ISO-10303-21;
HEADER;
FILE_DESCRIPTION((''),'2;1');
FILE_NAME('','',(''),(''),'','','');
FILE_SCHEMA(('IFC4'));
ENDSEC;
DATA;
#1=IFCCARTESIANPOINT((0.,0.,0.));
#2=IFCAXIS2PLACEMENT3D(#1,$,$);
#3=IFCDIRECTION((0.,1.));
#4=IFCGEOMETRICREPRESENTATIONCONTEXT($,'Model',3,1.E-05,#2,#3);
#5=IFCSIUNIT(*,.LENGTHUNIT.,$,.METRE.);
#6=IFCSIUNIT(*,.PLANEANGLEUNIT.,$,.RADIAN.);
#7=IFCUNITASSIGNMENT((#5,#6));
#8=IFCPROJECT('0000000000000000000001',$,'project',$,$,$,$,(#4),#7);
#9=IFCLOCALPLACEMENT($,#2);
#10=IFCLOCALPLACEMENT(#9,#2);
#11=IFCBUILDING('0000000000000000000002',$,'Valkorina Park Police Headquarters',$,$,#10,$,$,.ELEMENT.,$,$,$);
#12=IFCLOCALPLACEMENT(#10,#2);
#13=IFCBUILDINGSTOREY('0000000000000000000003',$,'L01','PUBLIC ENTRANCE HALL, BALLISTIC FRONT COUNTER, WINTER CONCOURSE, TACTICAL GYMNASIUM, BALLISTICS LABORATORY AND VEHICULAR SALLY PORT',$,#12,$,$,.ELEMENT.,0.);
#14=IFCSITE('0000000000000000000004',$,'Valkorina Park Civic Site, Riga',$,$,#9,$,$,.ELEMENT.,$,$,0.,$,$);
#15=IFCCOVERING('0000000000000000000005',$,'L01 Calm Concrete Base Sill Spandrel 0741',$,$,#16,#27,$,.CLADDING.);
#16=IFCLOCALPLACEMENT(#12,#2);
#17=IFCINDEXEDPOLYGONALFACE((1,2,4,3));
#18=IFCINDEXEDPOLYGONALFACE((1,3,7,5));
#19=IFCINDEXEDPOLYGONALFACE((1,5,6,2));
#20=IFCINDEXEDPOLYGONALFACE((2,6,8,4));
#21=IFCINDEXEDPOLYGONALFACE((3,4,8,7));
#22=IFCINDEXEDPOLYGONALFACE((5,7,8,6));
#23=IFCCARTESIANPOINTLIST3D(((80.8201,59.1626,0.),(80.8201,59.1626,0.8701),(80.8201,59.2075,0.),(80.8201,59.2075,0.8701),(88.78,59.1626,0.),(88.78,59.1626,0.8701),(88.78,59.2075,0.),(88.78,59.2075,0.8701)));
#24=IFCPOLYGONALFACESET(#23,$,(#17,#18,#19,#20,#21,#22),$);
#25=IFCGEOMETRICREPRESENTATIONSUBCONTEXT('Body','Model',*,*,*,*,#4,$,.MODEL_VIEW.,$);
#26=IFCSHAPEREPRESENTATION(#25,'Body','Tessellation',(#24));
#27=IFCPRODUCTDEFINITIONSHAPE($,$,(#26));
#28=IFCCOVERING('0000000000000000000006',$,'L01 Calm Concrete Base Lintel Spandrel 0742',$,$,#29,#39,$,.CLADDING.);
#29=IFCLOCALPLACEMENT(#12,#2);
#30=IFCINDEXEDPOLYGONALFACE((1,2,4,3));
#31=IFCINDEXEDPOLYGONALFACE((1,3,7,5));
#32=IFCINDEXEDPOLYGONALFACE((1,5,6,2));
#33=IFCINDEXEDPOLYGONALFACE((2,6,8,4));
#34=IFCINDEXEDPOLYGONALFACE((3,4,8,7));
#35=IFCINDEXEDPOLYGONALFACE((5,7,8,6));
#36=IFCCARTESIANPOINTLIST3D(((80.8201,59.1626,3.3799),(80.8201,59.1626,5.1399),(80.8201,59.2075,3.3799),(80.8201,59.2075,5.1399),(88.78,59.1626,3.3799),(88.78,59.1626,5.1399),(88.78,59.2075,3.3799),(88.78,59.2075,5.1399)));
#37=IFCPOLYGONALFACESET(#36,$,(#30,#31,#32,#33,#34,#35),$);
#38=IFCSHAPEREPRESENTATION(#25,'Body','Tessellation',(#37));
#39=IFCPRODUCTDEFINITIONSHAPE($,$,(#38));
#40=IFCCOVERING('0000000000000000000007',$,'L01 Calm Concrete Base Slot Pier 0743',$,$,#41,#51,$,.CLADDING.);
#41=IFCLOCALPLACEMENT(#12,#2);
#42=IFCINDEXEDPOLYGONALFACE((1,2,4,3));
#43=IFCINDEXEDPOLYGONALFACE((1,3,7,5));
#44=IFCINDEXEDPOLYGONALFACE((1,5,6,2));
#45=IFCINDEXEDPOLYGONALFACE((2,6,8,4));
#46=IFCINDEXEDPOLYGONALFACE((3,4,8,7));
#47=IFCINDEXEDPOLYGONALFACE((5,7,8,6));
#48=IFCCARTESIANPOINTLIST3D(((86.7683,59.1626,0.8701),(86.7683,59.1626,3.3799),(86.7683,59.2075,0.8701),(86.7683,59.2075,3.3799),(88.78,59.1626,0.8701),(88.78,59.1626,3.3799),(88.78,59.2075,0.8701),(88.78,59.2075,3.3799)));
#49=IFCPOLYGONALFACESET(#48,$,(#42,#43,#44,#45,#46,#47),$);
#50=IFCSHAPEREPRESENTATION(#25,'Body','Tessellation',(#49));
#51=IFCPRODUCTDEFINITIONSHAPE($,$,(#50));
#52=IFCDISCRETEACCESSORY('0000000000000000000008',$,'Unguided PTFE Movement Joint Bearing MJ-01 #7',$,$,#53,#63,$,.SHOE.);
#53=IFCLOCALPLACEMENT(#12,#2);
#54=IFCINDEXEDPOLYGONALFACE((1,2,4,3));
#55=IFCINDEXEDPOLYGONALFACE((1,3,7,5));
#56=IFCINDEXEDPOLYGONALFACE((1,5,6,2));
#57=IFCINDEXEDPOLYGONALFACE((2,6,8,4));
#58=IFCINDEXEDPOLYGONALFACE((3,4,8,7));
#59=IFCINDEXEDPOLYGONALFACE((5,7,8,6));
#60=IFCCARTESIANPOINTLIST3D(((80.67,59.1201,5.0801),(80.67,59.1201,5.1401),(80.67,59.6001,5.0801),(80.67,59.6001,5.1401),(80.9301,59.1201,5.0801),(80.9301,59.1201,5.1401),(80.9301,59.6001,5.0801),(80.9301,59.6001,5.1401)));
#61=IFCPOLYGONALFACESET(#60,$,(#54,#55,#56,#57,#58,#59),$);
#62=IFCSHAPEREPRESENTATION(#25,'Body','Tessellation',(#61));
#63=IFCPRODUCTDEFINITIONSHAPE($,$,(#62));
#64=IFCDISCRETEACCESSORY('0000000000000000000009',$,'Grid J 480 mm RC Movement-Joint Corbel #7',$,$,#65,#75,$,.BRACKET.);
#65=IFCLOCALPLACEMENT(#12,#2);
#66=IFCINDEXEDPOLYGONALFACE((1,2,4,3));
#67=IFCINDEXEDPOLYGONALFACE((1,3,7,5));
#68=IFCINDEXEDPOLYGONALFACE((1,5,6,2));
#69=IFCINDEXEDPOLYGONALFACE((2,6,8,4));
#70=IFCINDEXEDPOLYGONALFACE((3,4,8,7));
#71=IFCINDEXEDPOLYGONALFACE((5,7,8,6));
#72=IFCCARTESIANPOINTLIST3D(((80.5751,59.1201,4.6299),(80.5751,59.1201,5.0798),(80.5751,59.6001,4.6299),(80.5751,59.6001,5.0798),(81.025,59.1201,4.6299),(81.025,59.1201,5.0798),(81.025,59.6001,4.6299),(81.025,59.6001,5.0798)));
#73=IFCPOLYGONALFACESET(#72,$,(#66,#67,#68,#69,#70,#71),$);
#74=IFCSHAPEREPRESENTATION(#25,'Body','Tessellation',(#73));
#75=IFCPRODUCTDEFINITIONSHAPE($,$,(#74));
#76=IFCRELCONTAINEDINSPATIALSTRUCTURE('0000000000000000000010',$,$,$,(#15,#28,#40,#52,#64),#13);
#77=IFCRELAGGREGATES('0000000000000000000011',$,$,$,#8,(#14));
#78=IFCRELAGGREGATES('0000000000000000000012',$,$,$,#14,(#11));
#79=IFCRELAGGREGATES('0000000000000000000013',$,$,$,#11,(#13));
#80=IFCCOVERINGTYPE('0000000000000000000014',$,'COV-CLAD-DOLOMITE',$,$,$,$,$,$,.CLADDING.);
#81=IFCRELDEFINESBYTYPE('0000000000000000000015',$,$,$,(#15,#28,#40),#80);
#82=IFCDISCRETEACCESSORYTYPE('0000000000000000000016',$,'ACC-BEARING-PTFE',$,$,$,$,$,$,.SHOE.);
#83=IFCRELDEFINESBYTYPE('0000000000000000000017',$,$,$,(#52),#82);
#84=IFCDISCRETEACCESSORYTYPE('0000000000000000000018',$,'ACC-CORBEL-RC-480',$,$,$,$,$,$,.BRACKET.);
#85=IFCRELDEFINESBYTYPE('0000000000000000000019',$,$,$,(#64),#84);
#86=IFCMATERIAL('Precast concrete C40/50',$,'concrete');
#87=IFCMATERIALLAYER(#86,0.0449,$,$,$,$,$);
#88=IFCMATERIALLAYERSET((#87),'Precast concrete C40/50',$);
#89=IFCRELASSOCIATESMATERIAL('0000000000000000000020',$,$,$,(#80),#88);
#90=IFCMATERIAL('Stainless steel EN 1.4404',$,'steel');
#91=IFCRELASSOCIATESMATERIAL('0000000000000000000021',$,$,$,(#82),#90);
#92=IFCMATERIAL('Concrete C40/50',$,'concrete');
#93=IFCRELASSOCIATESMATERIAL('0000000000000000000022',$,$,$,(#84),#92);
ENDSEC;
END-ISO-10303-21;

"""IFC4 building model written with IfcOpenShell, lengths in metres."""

from ifc_helpers import new_model, si_unit, direction, frame, frame_2d, origin, origin_2d, place, context, subcontext, project, spatial, rectangle, extrude, material, layer, layer_set, type_object, element, save


model = new_model("IFC4")

# Units and contexts
model_context = context("Model", 3, precision=1e-05, world=origin(), true_north=direction((0.0, 1.0)))
body_context = subcontext(model_context, "Body", "Model", "MODEL_VIEW")
ifc_project = project(units=[si_unit("LENGTHUNIT", "METRE"), si_unit("PLANEANGLEUNIT", "RADIAN")], contexts=[model_context])

# Site, building, storey
site_placement = place(None, origin())
site = spatial("IfcSite", under=ifc_project, at=site_placement, Name="Valkorina Park Civic Site, Riga", CompositionType="ELEMENT", RefElevation=0.0)
building_placement = place(site_placement, origin())
building = spatial("IfcBuilding", under=site, at=building_placement, Name="Valkorina Park Police Headquarters", CompositionType="ELEMENT")
storey_placement = place(building_placement, origin())
storey = spatial("IfcBuildingStorey", under=building, at=storey_placement, Name="L01", Description="PUBLIC ENTRANCE HALL, BALLISTIC FRONT COUNTER, WINTER CONCOURSE, TACTICAL GYMNASIUM, BALLISTICS LABORATORY AND VEHICULAR SALLY PORT", CompositionType="ELEMENT", Elevation=0.0)

# Shared definitions
ifc_material_1 = material(Name="Concrete C40/50", Category="concrete")

# Coverings
ifc_material_2 = material(Name="Precast concrete C40/50", Category="concrete")
ifc_layer_1 = layer(ifc_material_2, 0.0449)
ifc_layer_set_1 = layer_set([ifc_layer_1], Name="Precast concrete C40/50")
covering_type = type_object("IfcCoveringType", Name="COV-CLAD-DOLOMITE", PredefinedType="CLADDING", material=ifc_layer_set_1)
covering_1_placement = place(storey_placement, frame((88.78, 59.1851, 0.0), z_axis=(0.0, 0.0, 1.0), x_axis=(-1.0, 0.0, 0.0)))
element("IfcCovering", 1, at=covering_1_placement, inside=storey, type_object=covering_type, Name="L01 Calm Concrete Base Sill Spandrel 0741", PredefinedType="CLADDING", context=body_context, shape_type="SweptSolid", body=[
    extrude(rectangle(XDim=7.96, YDim=0.0449, at=frame_2d((3.98, 0.0))), origin(), (0.0, 0.0, 1.0), 0.8701),
])
covering_2_placement = place(storey_placement, frame((88.78, 59.1851, 3.3799), z_axis=(0.0, 0.0, 1.0), x_axis=(-1.0, 0.0, 0.0)))
element("IfcCovering", 2, at=covering_2_placement, inside=storey, type_object=covering_type, Name="L01 Calm Concrete Base Lintel Spandrel 0742", PredefinedType="CLADDING", context=body_context, shape_type="SweptSolid", body=[
    extrude(rectangle(XDim=7.96, YDim=0.0449, at=frame_2d((3.98, 0.0))), origin(), (0.0, 0.0, 1.0), 1.76),
])
covering_3_placement = place(storey_placement, frame((88.78, 59.1851, 0.8701), z_axis=(0.0, 0.0, 1.0), x_axis=(-1.0, 0.0, 0.0)))
element("IfcCovering", 3, at=covering_3_placement, inside=storey, type_object=covering_type, Name="L01 Calm Concrete Base Slot Pier 0743", PredefinedType="CLADDING", context=body_context, shape_type="SweptSolid", body=[
    extrude(rectangle(XDim=2.0117, YDim=0.0449, at=frame_2d((1.0059, 0.0))), origin(), (0.0, 0.0, 1.0), 2.5098),
])

# Discrete accessories
ifc_material_3 = material(Name="Stainless steel EN 1.4404", Category="steel")
discrete_accessory_type_1 = type_object("IfcDiscreteAccessoryType", Name="ACC-BEARING-PTFE", PredefinedType="SHOE", material=ifc_material_3)
discrete_accessory_1_placement = place(storey_placement, frame((80.8, 59.3601, 5.0801), z_axis=(0.0, 0.0, 1.0), x_axis=(1.0, 0.0, 0.0)))
element("IfcDiscreteAccessory", 4, at=discrete_accessory_1_placement, inside=storey, type_object=discrete_accessory_type_1, Name="Unguided PTFE Movement Joint Bearing MJ-01 #7", PredefinedType="SHOE", context=body_context, shape_type="SweptSolid", body=[
    extrude(rectangle(XDim=0.26, YDim=0.48, at=origin_2d()), origin(), (0.0, 0.0, 1.0), 0.0601),
])
discrete_accessory_type_2 = type_object("IfcDiscreteAccessoryType", Name="ACC-CORBEL-RC-480", PredefinedType="BRACKET", material=ifc_material_1)
discrete_accessory_2_placement = place(storey_placement, frame((80.8, 59.3601, 4.6299), z_axis=(0.0, 0.0, 1.0), x_axis=(1.0, 0.0, 0.0)))
element("IfcDiscreteAccessory", 5, at=discrete_accessory_2_placement, inside=storey, type_object=discrete_accessory_type_2, Name="Grid J 480 mm RC Movement-Joint Corbel #7", PredefinedType="BRACKET", context=body_context, shape_type="SweptSolid", body=[
    extrude(rectangle(XDim=0.45, YDim=0.48, at=origin_2d()), origin(), (0.0, 0.0, 1.0), 0.45),
])

save(model, "model.ifc")
